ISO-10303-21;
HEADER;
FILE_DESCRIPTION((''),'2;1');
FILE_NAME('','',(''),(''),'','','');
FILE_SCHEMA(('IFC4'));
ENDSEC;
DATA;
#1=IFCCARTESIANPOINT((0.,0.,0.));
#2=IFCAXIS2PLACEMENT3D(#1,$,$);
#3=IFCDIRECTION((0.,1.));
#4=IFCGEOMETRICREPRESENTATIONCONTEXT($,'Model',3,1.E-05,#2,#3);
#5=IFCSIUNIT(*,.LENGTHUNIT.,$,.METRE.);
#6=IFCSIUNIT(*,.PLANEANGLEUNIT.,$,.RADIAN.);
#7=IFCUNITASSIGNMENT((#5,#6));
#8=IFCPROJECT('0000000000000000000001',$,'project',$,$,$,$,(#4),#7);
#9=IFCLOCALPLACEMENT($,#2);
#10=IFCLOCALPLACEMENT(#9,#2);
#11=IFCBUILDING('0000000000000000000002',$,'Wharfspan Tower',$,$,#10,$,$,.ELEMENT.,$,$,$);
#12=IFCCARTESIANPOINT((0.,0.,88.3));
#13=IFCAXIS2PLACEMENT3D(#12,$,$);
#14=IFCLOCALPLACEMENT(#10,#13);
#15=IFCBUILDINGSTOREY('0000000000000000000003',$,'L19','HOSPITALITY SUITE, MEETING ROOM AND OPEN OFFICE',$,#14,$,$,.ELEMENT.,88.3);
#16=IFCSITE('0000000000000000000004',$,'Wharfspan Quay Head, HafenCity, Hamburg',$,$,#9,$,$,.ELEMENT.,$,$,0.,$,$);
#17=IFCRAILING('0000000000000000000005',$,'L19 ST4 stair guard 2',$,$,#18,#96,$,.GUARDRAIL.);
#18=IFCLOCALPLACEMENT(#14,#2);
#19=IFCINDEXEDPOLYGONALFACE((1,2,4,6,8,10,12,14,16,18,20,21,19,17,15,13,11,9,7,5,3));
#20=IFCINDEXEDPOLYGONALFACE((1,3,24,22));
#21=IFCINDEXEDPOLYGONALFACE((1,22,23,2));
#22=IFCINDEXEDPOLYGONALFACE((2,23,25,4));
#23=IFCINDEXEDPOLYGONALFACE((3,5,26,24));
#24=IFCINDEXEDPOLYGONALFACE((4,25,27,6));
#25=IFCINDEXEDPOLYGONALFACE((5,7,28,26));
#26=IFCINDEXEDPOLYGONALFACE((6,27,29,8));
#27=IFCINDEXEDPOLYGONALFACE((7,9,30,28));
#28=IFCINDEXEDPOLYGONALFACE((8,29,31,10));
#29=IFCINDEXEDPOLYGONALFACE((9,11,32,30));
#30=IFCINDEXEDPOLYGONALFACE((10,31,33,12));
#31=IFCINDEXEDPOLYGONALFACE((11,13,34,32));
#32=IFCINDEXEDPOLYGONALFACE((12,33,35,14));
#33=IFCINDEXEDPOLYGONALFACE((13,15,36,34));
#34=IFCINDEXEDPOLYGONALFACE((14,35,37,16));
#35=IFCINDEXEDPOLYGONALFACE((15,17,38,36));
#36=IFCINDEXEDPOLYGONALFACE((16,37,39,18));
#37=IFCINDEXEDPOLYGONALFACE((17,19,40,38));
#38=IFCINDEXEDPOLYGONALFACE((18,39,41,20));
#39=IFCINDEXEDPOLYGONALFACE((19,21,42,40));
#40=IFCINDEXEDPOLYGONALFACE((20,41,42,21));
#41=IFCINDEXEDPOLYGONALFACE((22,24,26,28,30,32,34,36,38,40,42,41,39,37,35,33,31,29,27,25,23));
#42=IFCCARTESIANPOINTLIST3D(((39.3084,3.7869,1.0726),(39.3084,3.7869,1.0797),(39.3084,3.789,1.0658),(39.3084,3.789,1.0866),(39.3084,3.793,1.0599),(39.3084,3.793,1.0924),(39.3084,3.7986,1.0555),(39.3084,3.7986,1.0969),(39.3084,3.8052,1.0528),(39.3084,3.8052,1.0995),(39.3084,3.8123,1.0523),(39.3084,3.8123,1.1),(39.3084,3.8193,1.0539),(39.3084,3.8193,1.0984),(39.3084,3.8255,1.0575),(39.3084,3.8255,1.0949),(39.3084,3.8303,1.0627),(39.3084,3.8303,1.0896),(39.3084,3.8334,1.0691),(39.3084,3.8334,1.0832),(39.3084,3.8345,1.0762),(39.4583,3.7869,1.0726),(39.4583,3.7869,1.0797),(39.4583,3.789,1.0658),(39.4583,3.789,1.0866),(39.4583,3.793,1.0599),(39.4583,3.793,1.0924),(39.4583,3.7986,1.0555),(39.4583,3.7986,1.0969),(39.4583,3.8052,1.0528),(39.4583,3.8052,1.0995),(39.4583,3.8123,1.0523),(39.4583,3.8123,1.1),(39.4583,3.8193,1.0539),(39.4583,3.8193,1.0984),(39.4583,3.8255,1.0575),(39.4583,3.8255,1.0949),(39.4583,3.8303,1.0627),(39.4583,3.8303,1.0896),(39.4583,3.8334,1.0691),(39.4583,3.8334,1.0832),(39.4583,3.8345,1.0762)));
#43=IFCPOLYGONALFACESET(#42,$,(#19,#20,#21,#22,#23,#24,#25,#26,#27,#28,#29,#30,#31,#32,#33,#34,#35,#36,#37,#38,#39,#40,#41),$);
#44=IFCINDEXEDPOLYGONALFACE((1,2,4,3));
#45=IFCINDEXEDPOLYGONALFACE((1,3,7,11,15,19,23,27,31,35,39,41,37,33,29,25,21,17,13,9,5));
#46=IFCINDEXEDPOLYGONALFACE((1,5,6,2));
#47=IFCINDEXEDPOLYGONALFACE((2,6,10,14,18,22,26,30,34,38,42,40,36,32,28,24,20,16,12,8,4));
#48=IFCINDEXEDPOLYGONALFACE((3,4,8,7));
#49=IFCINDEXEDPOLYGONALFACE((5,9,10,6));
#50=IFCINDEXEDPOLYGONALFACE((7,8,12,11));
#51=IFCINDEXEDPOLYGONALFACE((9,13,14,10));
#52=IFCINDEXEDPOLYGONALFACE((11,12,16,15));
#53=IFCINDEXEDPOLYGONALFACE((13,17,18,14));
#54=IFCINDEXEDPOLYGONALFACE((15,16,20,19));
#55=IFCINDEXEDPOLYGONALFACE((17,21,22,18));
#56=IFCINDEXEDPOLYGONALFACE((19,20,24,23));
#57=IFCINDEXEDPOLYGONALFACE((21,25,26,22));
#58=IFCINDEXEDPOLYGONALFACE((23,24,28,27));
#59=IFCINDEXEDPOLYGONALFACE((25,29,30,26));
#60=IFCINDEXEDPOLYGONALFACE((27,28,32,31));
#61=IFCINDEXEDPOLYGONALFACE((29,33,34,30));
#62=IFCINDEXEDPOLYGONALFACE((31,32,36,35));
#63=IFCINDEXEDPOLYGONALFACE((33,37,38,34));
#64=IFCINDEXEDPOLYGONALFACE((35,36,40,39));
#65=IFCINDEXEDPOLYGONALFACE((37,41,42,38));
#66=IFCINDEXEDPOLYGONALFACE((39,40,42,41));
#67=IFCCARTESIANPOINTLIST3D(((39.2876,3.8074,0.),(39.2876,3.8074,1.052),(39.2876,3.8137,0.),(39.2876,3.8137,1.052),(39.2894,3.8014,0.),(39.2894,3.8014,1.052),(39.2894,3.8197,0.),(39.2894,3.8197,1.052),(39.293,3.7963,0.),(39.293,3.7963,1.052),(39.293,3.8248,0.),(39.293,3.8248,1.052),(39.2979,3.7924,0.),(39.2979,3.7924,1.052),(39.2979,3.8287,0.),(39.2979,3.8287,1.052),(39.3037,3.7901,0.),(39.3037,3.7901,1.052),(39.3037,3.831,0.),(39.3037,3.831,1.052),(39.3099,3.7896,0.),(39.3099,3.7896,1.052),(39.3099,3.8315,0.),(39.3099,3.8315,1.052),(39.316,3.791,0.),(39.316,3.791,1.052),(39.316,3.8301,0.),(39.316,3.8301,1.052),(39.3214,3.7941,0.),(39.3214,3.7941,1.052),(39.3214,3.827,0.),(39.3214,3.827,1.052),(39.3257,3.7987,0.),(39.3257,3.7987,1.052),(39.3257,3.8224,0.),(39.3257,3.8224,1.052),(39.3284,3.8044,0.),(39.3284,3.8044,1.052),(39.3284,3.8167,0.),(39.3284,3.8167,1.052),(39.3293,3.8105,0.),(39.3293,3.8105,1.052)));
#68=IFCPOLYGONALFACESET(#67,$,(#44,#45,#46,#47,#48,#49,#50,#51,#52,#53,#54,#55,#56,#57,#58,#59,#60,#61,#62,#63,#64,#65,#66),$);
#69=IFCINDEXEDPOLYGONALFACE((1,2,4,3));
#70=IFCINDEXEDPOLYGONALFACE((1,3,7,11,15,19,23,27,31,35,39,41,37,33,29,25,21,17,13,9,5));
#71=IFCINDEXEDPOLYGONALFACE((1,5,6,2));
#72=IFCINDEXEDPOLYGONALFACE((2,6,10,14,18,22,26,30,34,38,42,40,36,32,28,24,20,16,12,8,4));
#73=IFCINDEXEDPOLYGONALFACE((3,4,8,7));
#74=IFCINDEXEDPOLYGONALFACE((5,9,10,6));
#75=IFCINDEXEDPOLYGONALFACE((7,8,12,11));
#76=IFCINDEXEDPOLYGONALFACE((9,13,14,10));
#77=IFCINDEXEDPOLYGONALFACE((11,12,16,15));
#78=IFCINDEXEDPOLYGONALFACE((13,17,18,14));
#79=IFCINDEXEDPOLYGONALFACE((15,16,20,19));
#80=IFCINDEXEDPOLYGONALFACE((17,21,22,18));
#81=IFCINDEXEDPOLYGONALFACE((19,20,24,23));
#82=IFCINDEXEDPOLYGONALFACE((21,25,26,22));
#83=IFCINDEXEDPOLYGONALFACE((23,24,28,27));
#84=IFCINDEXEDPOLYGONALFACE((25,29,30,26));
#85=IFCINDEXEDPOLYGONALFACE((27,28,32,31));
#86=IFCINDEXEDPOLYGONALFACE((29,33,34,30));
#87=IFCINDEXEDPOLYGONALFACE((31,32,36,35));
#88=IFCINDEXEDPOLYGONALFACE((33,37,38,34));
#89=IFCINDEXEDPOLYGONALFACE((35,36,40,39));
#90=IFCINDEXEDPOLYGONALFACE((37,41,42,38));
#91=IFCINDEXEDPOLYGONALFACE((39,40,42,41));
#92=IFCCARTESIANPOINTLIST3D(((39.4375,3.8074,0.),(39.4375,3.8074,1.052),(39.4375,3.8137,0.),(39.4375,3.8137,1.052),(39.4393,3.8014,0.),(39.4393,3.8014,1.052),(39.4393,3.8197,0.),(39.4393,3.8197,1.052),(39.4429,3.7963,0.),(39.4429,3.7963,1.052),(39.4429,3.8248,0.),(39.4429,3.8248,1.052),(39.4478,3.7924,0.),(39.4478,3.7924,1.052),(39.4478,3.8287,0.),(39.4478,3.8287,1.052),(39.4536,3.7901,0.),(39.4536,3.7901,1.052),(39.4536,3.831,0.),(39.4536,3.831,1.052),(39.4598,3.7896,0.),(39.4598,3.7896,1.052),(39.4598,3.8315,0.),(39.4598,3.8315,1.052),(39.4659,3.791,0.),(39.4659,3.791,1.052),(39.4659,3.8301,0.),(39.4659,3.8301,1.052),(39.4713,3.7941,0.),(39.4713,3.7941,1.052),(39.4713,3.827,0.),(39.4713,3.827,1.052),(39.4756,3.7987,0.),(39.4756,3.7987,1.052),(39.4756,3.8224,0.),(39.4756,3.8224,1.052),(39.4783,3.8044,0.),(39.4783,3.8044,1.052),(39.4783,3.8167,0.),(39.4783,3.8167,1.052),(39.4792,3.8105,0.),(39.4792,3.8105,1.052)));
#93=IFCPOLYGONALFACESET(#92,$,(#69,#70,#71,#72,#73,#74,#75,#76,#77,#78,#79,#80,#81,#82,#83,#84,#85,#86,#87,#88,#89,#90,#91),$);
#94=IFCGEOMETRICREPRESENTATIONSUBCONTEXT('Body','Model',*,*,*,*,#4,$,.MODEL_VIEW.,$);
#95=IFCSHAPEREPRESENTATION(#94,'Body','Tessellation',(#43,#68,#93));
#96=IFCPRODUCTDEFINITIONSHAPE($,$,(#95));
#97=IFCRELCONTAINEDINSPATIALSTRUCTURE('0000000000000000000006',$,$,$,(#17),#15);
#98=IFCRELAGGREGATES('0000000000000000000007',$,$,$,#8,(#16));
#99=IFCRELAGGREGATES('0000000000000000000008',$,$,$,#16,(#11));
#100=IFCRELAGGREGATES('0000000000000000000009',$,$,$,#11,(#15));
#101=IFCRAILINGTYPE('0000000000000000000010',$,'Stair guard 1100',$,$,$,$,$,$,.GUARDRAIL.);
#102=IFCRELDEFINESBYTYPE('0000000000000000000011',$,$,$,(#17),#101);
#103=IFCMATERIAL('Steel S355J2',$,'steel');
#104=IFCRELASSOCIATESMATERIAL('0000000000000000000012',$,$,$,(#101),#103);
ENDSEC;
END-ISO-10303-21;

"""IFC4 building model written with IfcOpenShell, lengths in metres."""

from ifc_helpers import new_model, si_unit, direction, frame, origin, origin_2d, place, context, subcontext, project, spatial, circle, extrude, material, type_object, element, save


model = new_model("IFC4")

# Units and contexts
model_context = context("Model", 3, precision=1e-05, world=origin(), true_north=direction((0.0, 1.0)))
body_context = subcontext(model_context, "Body", "Model", "MODEL_VIEW")
ifc_project = project(units=[si_unit("LENGTHUNIT", "METRE"), si_unit("PLANEANGLEUNIT", "RADIAN")], contexts=[model_context])

# Site, building, storey
site_placement = place(None, origin())
site = spatial("IfcSite", under=ifc_project, at=site_placement, Name="Wharfspan Quay Head, HafenCity, Hamburg", CompositionType="ELEMENT", RefElevation=0.0)
building_placement = place(site_placement, origin())
building = spatial("IfcBuilding", under=site, at=building_placement, Name="Wharfspan Tower", CompositionType="ELEMENT")
storey_placement = place(building_placement, frame((0.0, 0.0, 88.3)))
storey = spatial("IfcBuildingStorey", under=building, at=storey_placement, Name="L19", Description="HOSPITALITY SUITE, MEETING ROOM AND OPEN OFFICE", CompositionType="ELEMENT", Elevation=88.3)

# Shared definitions
ifc_material_1 = material(Name="Steel S355J2", Category="steel")

# Railing
railing_type_1 = type_object("IfcRailingType", Name="Stair guard 1100", PredefinedType="GUARDRAIL", material=ifc_material_1)
railing_1_placement = place(storey_placement, frame((39.3083, 3.8105, 0.0)))
element("IfcRailing", 1, at=railing_1_placement, inside=storey, type_object=railing_type_1, Name="L19 ST4 stair guard 2", PredefinedType="GUARDRAIL", context=body_context, shape_type="SweptSolid", body=[
    extrude(circle(Radius=0.0239, at=origin_2d()), frame((0.0, 0.0, 1.0762), z_axis=(1.0, 0.0, 0.0), x_axis=(0.0, 1.0, 0.0)), (0.0, 0.0, 1.0), 0.1499),
    extrude(circle(Radius=0.021, at=origin_2d()), origin(), (0.0, 0.0, 1.0), 1.052),
    extrude(circle(Radius=0.021, at=origin_2d()), frame((0.1499, 0.0, 0.0)), (0.0, 0.0, 1.0), 1.052),
])

save(model, "model.ifc")
